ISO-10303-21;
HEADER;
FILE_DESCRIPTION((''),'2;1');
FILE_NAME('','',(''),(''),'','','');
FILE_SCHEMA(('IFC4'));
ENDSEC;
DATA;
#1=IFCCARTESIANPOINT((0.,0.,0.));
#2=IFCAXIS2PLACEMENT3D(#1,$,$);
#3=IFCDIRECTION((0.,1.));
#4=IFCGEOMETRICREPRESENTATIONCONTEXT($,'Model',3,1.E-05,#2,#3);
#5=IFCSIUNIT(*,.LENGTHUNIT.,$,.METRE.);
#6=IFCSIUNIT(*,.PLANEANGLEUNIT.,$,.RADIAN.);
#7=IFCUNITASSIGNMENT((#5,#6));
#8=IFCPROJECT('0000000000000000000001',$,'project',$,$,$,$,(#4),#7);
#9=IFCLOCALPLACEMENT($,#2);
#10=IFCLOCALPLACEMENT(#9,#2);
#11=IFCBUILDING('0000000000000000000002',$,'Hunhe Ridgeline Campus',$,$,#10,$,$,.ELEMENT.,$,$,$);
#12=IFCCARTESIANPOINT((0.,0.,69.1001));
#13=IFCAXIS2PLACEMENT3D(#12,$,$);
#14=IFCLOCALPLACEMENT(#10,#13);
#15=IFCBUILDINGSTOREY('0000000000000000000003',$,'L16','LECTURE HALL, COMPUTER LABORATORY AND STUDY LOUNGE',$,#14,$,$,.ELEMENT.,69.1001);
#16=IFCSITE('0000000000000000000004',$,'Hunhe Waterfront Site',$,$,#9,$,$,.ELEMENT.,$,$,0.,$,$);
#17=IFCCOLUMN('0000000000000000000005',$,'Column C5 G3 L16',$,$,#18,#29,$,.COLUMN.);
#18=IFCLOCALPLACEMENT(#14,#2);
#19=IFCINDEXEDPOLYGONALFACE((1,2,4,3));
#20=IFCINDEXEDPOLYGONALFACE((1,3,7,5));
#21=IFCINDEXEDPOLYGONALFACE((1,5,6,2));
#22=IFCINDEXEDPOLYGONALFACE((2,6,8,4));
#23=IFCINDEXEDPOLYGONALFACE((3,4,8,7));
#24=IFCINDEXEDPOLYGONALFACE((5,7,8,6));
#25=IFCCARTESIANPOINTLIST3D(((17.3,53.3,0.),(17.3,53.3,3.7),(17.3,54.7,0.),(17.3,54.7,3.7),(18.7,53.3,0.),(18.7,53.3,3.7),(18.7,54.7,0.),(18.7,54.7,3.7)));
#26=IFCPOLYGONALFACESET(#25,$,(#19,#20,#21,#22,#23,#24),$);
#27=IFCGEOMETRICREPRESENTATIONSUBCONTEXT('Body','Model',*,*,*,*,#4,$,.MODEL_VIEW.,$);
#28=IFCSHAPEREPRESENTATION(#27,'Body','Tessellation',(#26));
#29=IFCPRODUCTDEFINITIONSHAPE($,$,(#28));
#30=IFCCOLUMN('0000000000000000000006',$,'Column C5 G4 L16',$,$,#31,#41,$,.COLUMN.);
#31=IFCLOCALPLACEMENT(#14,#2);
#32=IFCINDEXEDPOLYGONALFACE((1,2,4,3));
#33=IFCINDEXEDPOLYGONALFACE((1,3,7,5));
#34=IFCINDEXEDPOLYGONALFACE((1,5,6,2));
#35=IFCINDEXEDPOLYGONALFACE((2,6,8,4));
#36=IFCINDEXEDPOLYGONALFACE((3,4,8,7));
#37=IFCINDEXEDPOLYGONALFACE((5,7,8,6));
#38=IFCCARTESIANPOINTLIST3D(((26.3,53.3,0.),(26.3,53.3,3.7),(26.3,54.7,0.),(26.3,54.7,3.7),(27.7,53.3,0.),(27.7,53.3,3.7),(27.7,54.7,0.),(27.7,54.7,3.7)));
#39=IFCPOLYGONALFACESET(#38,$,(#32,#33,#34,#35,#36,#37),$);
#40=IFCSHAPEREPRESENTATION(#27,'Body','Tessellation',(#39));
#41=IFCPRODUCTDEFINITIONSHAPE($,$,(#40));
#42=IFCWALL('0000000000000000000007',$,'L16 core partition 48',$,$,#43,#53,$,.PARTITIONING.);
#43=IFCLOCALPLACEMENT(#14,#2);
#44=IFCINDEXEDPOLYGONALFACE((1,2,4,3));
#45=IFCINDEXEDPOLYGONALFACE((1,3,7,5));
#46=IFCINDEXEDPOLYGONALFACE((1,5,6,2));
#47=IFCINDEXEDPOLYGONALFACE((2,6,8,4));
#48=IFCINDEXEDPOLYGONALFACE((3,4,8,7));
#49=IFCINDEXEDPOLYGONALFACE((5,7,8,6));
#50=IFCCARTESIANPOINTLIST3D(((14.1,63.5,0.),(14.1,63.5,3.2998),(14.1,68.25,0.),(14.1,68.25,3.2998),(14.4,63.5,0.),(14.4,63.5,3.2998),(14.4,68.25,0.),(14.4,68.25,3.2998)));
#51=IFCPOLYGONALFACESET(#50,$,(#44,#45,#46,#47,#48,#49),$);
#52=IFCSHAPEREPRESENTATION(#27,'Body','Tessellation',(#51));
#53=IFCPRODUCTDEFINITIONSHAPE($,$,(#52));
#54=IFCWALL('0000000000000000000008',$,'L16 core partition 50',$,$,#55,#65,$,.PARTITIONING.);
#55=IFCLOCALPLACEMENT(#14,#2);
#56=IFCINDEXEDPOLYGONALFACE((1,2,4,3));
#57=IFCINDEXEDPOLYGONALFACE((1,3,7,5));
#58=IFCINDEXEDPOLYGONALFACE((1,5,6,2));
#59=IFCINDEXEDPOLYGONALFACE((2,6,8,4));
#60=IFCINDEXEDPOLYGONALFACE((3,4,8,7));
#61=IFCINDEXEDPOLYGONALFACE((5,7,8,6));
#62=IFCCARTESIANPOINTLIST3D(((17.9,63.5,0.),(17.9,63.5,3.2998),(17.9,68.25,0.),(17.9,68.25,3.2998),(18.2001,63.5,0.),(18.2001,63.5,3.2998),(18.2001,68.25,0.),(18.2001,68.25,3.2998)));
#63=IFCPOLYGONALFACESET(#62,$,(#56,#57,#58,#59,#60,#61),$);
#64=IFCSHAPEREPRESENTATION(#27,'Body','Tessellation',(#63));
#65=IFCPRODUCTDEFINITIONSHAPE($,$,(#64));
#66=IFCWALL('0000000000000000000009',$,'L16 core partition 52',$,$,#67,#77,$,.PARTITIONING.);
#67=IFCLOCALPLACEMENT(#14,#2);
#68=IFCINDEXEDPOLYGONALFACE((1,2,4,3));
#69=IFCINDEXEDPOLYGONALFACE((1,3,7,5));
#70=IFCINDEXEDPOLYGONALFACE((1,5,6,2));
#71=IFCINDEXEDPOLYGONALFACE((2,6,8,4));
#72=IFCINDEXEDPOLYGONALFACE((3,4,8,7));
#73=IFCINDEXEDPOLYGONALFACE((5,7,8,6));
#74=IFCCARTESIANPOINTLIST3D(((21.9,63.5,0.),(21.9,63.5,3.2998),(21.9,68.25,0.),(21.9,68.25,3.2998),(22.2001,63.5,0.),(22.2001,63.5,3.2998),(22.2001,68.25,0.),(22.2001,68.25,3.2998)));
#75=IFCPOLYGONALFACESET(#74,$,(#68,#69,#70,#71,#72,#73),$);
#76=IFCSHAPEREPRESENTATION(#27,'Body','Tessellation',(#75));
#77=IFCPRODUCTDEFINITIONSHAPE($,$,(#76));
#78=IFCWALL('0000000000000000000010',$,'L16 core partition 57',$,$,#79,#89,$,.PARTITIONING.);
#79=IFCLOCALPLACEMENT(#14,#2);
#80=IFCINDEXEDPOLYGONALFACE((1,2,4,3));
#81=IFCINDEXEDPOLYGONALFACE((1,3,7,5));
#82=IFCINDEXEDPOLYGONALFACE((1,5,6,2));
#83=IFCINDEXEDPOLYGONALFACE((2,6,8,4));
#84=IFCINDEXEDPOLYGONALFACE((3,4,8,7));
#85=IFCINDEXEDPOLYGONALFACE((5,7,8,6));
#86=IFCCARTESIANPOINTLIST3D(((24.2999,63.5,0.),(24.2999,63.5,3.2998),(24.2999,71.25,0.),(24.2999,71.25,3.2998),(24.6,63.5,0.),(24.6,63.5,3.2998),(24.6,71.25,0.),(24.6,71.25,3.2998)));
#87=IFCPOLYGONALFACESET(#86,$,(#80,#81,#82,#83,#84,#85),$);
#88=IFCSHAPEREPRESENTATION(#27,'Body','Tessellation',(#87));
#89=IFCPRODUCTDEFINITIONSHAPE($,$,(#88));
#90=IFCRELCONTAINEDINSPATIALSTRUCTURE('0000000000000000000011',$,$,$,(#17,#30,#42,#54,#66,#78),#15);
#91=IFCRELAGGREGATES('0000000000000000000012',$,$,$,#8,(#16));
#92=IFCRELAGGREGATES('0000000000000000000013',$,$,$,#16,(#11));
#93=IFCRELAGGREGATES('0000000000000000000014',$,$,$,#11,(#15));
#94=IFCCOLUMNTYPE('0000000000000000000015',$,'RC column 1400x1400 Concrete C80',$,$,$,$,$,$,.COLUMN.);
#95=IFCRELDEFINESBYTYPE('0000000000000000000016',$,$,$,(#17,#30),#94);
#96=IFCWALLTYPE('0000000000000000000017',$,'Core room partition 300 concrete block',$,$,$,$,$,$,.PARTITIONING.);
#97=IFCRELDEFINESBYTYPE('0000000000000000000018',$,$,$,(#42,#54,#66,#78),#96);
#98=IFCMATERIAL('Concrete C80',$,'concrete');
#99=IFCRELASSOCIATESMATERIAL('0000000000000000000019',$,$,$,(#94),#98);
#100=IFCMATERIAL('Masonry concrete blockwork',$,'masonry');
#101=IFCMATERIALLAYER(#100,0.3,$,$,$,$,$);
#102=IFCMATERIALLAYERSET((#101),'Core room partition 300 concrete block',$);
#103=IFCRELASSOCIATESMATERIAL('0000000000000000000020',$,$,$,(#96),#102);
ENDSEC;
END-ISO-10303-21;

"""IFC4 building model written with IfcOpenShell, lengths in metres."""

from ifc_helpers import new_model, si_unit, direction, frame, frame_2d, origin, origin_2d, place, context, subcontext, project, spatial, rectangle, extrude, material, layer, layer_set, material_profile, profile_set, type_object, element, save


model = new_model("IFC4")

# Units and contexts
model_context = context("Model", 3, precision=1e-05, world=origin(), true_north=direction((0.0, 1.0)))
body_context = subcontext(model_context, "Body", "Model", "MODEL_VIEW")
ifc_project = project(units=[si_unit("LENGTHUNIT", "METRE"), si_unit("PLANEANGLEUNIT", "RADIAN")], contexts=[model_context])

# Site, building, storey
site_placement = place(None, origin())
site = spatial("IfcSite", under=ifc_project, at=site_placement, Name="Hunhe Waterfront Site", CompositionType="ELEMENT", RefElevation=0.0)
building_placement = place(site_placement, origin())
building = spatial("IfcBuilding", under=site, at=building_placement, Name="Hunhe Ridgeline Campus", CompositionType="ELEMENT")
storey_placement = place(building_placement, frame((0.0, 0.0, 69.1001)))
storey = spatial("IfcBuildingStorey", under=building, at=storey_placement, Name="L16", Description="LECTURE HALL, COMPUTER LABORATORY AND STUDY LOUNGE", CompositionType="ELEMENT", Elevation=69.1001)

# Columns
ifc_material_1 = material(Name="Concrete C80", Category="concrete")
ifc_material_profile = material_profile(ifc_material_1, rectangle(XDim=1.3999, YDim=1.3999, at=origin_2d()))
ifc_profile_set = profile_set([ifc_material_profile], Name="Concrete C80")
column_type = type_object("IfcColumnType", Name="RC column 1400x1400 Concrete C80", PredefinedType="COLUMN", material=ifc_profile_set)
for number, where, z_axis, x_axis, name in (
    (1, (18.0, 54.0, 0.0), (0.0, 0.0, 1.0), (1.0, 0.0, 0.0), "Column C5 G3 L16"),
    (2, (27.0, 54.0, 0.0), (0.0, 0.0, 1.0), (1.0, 0.0, 0.0), "Column C5 G4 L16"),
):
    element("IfcColumn", number, at=place(storey_placement, frame(where, z_axis=z_axis, x_axis=x_axis)), inside=storey, type_object=column_type, Name=name, PredefinedType="COLUMN", context=body_context, shape_type="SweptSolid", body=[
        extrude(rectangle(XDim=1.3999, YDim=1.3999, at=origin_2d()), origin(), (0.0, 0.0, 1.0), 3.7),
    ])

# Walls
ifc_material_2 = material(Name="Masonry concrete blockwork", Category="masonry")
ifc_layer_1 = layer(ifc_material_2, 0.3)
ifc_layer_set_1 = layer_set([ifc_layer_1], Name="Core room partition 300 concrete block")
wall_type_1 = type_object("IfcWallType", Name="Core room partition 300 concrete block", PredefinedType="PARTITIONING", material=ifc_layer_set_1)
for number, where, z_axis, x_axis, name in (
    (3, (14.25, 63.5, 0.0), (0.0, 0.0, 1.0), (0.0, 1.0, 0.0), "L16 core partition 48"),
    (4, (18.05, 63.5, 0.0), (0.0, 0.0, 1.0), (0.0, 1.0, 0.0), "L16 core partition 50"),
    (5, (22.05, 63.5, 0.0), (0.0, 0.0, 1.0), (0.0, 1.0, 0.0), "L16 core partition 52"),
):
    element("IfcWall", number, at=place(storey_placement, frame(where, z_axis=z_axis, x_axis=x_axis)), inside=storey, type_object=wall_type_1, Name=name, PredefinedType="PARTITIONING", context=body_context, shape_type="SweptSolid", body=[
        extrude(rectangle(XDim=4.75, YDim=0.3, at=frame_2d((2.375, 0.0))), origin(), (0.0, 0.0, 1.0), 3.2998),
    ])
wall_1_placement = place(storey_placement, frame((24.45, 63.5, 0.0), z_axis=(0.0, 0.0, 1.0), x_axis=(0.0, 1.0, 0.0)))
element("IfcWall", 6, at=wall_1_placement, inside=storey, type_object=wall_type_1, Name="L16 core partition 57", PredefinedType="PARTITIONING", context=body_context, shape_type="SweptSolid", body=[
    extrude(rectangle(XDim=7.75, YDim=0.3, at=frame_2d((3.875, 0.0))), origin(), (0.0, 0.0, 1.0), 3.2998),
])

save(model, "model.ifc")
